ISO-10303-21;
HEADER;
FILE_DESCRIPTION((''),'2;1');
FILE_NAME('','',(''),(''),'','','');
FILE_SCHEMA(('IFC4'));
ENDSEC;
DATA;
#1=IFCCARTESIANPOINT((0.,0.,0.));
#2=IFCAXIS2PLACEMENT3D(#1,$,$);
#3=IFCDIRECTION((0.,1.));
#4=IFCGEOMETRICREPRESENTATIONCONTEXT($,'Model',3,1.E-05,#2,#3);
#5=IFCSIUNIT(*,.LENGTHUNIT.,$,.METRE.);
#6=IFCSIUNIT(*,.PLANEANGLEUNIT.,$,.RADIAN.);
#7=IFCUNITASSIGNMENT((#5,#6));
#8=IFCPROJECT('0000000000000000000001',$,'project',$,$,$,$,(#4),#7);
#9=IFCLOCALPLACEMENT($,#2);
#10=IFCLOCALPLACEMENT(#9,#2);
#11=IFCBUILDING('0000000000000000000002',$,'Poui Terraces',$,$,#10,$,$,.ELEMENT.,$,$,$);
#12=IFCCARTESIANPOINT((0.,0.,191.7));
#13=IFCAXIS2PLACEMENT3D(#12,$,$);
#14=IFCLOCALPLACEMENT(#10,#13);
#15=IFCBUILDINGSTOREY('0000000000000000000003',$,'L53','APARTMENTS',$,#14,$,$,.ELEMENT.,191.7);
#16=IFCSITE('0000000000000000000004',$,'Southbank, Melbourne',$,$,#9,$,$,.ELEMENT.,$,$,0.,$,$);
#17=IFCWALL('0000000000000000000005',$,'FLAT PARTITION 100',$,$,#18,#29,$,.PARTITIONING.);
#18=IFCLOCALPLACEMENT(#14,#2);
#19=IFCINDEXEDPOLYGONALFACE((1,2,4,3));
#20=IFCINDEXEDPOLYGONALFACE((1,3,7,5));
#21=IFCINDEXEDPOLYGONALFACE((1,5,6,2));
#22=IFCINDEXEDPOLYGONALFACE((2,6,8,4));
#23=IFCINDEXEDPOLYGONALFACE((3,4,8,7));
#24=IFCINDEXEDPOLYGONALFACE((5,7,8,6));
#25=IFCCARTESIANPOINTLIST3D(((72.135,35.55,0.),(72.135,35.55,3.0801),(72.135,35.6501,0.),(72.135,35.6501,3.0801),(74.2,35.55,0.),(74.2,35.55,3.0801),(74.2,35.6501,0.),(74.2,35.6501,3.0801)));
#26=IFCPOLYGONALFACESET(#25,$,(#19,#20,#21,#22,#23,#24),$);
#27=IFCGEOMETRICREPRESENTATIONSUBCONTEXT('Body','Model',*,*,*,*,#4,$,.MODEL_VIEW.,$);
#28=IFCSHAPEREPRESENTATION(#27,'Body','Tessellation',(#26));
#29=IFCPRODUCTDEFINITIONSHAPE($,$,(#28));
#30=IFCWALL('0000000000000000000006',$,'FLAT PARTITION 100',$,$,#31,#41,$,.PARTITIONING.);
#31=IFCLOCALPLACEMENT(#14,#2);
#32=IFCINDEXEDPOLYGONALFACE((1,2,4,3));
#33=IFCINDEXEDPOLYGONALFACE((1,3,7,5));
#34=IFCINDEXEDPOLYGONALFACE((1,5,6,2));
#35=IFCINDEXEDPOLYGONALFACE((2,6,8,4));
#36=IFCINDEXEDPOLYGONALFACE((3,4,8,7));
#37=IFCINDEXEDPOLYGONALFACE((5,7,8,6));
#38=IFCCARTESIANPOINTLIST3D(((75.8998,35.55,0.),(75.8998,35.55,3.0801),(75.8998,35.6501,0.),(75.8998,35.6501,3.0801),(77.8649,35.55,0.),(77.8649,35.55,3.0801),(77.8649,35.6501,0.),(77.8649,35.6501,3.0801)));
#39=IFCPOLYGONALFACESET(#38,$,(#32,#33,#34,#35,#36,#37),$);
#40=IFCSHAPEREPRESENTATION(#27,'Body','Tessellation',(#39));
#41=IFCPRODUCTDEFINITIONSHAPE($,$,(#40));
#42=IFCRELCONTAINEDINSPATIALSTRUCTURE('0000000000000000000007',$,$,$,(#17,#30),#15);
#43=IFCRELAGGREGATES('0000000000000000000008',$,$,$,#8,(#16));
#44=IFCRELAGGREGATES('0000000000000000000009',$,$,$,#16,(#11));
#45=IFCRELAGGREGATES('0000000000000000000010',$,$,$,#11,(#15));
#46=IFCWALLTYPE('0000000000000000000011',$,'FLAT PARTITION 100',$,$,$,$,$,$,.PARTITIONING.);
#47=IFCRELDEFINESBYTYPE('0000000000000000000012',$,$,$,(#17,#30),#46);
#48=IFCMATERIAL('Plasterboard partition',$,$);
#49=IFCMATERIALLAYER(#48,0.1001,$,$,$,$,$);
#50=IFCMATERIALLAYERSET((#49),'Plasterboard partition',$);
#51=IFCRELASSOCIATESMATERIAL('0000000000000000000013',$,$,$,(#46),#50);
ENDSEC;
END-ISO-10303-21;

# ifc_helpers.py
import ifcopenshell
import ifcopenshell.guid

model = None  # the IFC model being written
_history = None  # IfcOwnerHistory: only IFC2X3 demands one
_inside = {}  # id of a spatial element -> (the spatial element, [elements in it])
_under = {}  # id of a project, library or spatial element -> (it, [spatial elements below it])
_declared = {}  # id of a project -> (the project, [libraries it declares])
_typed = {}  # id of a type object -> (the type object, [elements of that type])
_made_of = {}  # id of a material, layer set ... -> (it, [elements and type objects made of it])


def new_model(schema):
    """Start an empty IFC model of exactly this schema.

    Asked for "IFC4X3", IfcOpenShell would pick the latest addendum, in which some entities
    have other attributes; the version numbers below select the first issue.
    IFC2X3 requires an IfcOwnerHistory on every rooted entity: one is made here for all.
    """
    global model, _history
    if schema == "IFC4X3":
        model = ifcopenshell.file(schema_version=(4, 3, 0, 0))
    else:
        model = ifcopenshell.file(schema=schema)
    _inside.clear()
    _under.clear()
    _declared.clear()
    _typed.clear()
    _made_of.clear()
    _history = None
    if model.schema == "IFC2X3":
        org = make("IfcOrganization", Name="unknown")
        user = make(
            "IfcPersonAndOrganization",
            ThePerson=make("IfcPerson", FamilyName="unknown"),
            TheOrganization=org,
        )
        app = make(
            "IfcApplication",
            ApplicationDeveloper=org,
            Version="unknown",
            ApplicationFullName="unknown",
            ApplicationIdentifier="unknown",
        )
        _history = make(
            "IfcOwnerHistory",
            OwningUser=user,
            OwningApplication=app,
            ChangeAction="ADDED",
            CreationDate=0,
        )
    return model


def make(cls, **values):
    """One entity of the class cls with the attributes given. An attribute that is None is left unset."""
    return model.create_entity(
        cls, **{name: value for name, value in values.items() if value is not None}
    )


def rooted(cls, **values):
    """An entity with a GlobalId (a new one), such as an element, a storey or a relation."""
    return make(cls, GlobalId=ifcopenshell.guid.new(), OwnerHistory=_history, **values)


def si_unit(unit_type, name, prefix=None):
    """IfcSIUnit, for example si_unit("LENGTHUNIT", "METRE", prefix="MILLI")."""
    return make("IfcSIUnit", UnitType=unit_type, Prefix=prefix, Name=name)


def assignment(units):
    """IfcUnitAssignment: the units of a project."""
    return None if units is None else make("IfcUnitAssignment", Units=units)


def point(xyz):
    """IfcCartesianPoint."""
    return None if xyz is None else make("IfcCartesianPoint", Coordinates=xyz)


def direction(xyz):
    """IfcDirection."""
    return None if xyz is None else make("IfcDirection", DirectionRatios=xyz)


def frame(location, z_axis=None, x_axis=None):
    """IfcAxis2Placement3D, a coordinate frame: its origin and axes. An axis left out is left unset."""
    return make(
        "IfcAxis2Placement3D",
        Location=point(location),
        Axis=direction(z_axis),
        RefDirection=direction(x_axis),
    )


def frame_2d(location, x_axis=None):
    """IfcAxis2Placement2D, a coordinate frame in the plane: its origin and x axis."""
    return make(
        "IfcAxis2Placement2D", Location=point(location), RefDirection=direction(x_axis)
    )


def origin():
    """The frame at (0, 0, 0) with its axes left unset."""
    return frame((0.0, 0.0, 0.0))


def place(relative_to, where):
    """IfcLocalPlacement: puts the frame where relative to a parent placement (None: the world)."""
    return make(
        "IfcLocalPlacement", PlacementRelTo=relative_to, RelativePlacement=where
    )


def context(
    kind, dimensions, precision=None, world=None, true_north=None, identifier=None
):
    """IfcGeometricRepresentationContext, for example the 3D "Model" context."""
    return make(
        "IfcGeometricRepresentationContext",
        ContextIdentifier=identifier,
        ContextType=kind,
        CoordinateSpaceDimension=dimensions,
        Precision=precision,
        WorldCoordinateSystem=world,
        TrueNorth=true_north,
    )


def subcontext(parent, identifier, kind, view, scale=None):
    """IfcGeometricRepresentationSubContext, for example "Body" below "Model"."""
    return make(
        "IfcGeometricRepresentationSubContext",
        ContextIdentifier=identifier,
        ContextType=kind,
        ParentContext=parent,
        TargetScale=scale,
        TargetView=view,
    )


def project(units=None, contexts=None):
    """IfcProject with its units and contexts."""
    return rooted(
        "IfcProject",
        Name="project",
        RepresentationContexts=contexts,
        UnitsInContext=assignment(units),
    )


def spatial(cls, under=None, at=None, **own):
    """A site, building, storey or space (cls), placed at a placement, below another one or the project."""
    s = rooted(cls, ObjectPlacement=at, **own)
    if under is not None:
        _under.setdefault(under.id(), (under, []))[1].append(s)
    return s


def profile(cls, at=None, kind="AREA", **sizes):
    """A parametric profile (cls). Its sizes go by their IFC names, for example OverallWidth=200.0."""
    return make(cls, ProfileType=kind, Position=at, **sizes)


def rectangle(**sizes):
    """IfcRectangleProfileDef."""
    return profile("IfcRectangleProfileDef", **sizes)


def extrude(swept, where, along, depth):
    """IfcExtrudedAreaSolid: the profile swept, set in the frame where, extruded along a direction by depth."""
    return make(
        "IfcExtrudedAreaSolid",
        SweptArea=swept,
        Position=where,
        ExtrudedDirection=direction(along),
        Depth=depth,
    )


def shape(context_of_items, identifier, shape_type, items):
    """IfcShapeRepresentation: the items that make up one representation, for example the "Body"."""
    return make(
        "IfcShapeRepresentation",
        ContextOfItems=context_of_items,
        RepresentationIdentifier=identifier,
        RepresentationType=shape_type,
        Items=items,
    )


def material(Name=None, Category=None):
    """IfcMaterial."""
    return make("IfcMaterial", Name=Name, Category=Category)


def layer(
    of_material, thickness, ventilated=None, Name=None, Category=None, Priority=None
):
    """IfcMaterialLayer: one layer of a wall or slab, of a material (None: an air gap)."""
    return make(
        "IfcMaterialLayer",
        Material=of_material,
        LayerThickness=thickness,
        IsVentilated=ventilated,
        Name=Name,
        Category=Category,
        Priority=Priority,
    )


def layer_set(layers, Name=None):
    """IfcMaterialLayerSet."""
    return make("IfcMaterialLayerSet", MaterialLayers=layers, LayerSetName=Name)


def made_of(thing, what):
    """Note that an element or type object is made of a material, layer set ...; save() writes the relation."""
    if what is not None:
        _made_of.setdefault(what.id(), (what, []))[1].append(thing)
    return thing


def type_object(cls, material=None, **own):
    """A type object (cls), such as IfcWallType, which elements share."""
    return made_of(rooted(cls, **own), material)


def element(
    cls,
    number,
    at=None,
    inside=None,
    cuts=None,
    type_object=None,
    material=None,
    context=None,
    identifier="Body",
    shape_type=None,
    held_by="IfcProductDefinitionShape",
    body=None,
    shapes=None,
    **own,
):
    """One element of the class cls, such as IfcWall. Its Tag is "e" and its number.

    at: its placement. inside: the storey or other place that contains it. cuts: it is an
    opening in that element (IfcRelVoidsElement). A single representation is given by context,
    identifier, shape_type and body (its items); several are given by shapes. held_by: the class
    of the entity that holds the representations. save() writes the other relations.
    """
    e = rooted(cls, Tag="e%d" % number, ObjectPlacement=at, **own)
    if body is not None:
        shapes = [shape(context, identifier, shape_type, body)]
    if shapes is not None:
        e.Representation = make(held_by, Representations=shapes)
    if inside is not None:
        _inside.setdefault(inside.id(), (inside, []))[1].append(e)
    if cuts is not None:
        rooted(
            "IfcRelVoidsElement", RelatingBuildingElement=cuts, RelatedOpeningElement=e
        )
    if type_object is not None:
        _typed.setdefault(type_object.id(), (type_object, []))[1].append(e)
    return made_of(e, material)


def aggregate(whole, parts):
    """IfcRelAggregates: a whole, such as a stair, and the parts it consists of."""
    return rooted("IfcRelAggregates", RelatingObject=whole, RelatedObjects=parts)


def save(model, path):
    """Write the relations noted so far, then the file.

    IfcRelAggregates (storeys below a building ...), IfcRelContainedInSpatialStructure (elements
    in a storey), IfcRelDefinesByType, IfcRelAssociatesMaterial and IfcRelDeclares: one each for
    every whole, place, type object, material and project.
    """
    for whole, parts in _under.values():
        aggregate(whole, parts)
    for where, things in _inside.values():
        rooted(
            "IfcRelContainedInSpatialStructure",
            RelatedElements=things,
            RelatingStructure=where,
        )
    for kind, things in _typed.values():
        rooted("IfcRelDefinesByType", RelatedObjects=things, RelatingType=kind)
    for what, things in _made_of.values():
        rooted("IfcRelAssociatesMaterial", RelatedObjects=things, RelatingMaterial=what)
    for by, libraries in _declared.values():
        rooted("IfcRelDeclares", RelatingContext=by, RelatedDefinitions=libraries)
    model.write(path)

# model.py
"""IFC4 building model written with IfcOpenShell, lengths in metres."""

from ifc_helpers import new_model, si_unit, direction, frame, frame_2d, origin, place, context, subcontext, project, spatial, rectangle, extrude, material, layer, layer_set, type_object, element, save


model = new_model("IFC4")

# Units and contexts
model_context = context("Model", 3, precision=1e-05, world=origin(), true_north=direction((0.0, 1.0)))
body_context = subcontext(model_context, "Body", "Model", "MODEL_VIEW")
ifc_project = project(units=[si_unit("LENGTHUNIT", "METRE"), si_unit("PLANEANGLEUNIT", "RADIAN")], contexts=[model_context])

# Site, building, storey
site_placement = place(None, origin())
site = spatial("IfcSite", under=ifc_project, at=site_placement, Name="Southbank, Melbourne", CompositionType="ELEMENT", RefElevation=0.0)
building_placement = place(site_placement, origin())
building = spatial("IfcBuilding", under=site, at=building_placement, Name="Poui Terraces", CompositionType="ELEMENT")
storey_placement = place(building_placement, frame((0.0, 0.0, 191.7)))
storey = spatial("IfcBuildingStorey", under=building, at=storey_placement, Name="L53", Description="APARTMENTS", CompositionType="ELEMENT", Elevation=191.7)

# Walls
ifc_material = material(Name="Plasterboard partition")
ifc_layer = layer(ifc_material, 0.1001)
ifc_layer_set = layer_set([ifc_layer], Name="Plasterboard partition")
wall_type = type_object("IfcWallType", Name="FLAT PARTITION 100", PredefinedType="PARTITIONING", material=ifc_layer_set)
wall_1_placement = place(storey_placement, frame((72.135, 35.6001, 0.0), z_axis=(0.0, 0.0, 1.0), x_axis=(1.0, 0.0, 0.0)))
element("IfcWall", 1, at=wall_1_placement, inside=storey, type_object=wall_type, Name="FLAT PARTITION 100", PredefinedType="PARTITIONING", context=body_context, shape_type="SweptSolid", body=[
    extrude(rectangle(XDim=2.0649, YDim=0.1001, at=frame_2d((1.0325, 0.0))), origin(), (0.0, 0.0, 1.0), 3.0801),
])
wall_2_placement = place(storey_placement, frame((75.8999, 35.6001, 0.0), z_axis=(0.0, 0.0, 1.0), x_axis=(1.0, 0.0, 0.0)))
element("IfcWall", 2, at=wall_2_placement, inside=storey, type_object=wall_type, Name="FLAT PARTITION 100", PredefinedType="PARTITIONING", context=body_context, shape_type="SweptSolid", body=[
    extrude(rectangle(XDim=1.9651, YDim=0.1001, at=frame_2d((0.9824, 0.0))), origin(), (0.0, 0.0, 1.0), 3.0801),
])

save(model, "model.ifc")
